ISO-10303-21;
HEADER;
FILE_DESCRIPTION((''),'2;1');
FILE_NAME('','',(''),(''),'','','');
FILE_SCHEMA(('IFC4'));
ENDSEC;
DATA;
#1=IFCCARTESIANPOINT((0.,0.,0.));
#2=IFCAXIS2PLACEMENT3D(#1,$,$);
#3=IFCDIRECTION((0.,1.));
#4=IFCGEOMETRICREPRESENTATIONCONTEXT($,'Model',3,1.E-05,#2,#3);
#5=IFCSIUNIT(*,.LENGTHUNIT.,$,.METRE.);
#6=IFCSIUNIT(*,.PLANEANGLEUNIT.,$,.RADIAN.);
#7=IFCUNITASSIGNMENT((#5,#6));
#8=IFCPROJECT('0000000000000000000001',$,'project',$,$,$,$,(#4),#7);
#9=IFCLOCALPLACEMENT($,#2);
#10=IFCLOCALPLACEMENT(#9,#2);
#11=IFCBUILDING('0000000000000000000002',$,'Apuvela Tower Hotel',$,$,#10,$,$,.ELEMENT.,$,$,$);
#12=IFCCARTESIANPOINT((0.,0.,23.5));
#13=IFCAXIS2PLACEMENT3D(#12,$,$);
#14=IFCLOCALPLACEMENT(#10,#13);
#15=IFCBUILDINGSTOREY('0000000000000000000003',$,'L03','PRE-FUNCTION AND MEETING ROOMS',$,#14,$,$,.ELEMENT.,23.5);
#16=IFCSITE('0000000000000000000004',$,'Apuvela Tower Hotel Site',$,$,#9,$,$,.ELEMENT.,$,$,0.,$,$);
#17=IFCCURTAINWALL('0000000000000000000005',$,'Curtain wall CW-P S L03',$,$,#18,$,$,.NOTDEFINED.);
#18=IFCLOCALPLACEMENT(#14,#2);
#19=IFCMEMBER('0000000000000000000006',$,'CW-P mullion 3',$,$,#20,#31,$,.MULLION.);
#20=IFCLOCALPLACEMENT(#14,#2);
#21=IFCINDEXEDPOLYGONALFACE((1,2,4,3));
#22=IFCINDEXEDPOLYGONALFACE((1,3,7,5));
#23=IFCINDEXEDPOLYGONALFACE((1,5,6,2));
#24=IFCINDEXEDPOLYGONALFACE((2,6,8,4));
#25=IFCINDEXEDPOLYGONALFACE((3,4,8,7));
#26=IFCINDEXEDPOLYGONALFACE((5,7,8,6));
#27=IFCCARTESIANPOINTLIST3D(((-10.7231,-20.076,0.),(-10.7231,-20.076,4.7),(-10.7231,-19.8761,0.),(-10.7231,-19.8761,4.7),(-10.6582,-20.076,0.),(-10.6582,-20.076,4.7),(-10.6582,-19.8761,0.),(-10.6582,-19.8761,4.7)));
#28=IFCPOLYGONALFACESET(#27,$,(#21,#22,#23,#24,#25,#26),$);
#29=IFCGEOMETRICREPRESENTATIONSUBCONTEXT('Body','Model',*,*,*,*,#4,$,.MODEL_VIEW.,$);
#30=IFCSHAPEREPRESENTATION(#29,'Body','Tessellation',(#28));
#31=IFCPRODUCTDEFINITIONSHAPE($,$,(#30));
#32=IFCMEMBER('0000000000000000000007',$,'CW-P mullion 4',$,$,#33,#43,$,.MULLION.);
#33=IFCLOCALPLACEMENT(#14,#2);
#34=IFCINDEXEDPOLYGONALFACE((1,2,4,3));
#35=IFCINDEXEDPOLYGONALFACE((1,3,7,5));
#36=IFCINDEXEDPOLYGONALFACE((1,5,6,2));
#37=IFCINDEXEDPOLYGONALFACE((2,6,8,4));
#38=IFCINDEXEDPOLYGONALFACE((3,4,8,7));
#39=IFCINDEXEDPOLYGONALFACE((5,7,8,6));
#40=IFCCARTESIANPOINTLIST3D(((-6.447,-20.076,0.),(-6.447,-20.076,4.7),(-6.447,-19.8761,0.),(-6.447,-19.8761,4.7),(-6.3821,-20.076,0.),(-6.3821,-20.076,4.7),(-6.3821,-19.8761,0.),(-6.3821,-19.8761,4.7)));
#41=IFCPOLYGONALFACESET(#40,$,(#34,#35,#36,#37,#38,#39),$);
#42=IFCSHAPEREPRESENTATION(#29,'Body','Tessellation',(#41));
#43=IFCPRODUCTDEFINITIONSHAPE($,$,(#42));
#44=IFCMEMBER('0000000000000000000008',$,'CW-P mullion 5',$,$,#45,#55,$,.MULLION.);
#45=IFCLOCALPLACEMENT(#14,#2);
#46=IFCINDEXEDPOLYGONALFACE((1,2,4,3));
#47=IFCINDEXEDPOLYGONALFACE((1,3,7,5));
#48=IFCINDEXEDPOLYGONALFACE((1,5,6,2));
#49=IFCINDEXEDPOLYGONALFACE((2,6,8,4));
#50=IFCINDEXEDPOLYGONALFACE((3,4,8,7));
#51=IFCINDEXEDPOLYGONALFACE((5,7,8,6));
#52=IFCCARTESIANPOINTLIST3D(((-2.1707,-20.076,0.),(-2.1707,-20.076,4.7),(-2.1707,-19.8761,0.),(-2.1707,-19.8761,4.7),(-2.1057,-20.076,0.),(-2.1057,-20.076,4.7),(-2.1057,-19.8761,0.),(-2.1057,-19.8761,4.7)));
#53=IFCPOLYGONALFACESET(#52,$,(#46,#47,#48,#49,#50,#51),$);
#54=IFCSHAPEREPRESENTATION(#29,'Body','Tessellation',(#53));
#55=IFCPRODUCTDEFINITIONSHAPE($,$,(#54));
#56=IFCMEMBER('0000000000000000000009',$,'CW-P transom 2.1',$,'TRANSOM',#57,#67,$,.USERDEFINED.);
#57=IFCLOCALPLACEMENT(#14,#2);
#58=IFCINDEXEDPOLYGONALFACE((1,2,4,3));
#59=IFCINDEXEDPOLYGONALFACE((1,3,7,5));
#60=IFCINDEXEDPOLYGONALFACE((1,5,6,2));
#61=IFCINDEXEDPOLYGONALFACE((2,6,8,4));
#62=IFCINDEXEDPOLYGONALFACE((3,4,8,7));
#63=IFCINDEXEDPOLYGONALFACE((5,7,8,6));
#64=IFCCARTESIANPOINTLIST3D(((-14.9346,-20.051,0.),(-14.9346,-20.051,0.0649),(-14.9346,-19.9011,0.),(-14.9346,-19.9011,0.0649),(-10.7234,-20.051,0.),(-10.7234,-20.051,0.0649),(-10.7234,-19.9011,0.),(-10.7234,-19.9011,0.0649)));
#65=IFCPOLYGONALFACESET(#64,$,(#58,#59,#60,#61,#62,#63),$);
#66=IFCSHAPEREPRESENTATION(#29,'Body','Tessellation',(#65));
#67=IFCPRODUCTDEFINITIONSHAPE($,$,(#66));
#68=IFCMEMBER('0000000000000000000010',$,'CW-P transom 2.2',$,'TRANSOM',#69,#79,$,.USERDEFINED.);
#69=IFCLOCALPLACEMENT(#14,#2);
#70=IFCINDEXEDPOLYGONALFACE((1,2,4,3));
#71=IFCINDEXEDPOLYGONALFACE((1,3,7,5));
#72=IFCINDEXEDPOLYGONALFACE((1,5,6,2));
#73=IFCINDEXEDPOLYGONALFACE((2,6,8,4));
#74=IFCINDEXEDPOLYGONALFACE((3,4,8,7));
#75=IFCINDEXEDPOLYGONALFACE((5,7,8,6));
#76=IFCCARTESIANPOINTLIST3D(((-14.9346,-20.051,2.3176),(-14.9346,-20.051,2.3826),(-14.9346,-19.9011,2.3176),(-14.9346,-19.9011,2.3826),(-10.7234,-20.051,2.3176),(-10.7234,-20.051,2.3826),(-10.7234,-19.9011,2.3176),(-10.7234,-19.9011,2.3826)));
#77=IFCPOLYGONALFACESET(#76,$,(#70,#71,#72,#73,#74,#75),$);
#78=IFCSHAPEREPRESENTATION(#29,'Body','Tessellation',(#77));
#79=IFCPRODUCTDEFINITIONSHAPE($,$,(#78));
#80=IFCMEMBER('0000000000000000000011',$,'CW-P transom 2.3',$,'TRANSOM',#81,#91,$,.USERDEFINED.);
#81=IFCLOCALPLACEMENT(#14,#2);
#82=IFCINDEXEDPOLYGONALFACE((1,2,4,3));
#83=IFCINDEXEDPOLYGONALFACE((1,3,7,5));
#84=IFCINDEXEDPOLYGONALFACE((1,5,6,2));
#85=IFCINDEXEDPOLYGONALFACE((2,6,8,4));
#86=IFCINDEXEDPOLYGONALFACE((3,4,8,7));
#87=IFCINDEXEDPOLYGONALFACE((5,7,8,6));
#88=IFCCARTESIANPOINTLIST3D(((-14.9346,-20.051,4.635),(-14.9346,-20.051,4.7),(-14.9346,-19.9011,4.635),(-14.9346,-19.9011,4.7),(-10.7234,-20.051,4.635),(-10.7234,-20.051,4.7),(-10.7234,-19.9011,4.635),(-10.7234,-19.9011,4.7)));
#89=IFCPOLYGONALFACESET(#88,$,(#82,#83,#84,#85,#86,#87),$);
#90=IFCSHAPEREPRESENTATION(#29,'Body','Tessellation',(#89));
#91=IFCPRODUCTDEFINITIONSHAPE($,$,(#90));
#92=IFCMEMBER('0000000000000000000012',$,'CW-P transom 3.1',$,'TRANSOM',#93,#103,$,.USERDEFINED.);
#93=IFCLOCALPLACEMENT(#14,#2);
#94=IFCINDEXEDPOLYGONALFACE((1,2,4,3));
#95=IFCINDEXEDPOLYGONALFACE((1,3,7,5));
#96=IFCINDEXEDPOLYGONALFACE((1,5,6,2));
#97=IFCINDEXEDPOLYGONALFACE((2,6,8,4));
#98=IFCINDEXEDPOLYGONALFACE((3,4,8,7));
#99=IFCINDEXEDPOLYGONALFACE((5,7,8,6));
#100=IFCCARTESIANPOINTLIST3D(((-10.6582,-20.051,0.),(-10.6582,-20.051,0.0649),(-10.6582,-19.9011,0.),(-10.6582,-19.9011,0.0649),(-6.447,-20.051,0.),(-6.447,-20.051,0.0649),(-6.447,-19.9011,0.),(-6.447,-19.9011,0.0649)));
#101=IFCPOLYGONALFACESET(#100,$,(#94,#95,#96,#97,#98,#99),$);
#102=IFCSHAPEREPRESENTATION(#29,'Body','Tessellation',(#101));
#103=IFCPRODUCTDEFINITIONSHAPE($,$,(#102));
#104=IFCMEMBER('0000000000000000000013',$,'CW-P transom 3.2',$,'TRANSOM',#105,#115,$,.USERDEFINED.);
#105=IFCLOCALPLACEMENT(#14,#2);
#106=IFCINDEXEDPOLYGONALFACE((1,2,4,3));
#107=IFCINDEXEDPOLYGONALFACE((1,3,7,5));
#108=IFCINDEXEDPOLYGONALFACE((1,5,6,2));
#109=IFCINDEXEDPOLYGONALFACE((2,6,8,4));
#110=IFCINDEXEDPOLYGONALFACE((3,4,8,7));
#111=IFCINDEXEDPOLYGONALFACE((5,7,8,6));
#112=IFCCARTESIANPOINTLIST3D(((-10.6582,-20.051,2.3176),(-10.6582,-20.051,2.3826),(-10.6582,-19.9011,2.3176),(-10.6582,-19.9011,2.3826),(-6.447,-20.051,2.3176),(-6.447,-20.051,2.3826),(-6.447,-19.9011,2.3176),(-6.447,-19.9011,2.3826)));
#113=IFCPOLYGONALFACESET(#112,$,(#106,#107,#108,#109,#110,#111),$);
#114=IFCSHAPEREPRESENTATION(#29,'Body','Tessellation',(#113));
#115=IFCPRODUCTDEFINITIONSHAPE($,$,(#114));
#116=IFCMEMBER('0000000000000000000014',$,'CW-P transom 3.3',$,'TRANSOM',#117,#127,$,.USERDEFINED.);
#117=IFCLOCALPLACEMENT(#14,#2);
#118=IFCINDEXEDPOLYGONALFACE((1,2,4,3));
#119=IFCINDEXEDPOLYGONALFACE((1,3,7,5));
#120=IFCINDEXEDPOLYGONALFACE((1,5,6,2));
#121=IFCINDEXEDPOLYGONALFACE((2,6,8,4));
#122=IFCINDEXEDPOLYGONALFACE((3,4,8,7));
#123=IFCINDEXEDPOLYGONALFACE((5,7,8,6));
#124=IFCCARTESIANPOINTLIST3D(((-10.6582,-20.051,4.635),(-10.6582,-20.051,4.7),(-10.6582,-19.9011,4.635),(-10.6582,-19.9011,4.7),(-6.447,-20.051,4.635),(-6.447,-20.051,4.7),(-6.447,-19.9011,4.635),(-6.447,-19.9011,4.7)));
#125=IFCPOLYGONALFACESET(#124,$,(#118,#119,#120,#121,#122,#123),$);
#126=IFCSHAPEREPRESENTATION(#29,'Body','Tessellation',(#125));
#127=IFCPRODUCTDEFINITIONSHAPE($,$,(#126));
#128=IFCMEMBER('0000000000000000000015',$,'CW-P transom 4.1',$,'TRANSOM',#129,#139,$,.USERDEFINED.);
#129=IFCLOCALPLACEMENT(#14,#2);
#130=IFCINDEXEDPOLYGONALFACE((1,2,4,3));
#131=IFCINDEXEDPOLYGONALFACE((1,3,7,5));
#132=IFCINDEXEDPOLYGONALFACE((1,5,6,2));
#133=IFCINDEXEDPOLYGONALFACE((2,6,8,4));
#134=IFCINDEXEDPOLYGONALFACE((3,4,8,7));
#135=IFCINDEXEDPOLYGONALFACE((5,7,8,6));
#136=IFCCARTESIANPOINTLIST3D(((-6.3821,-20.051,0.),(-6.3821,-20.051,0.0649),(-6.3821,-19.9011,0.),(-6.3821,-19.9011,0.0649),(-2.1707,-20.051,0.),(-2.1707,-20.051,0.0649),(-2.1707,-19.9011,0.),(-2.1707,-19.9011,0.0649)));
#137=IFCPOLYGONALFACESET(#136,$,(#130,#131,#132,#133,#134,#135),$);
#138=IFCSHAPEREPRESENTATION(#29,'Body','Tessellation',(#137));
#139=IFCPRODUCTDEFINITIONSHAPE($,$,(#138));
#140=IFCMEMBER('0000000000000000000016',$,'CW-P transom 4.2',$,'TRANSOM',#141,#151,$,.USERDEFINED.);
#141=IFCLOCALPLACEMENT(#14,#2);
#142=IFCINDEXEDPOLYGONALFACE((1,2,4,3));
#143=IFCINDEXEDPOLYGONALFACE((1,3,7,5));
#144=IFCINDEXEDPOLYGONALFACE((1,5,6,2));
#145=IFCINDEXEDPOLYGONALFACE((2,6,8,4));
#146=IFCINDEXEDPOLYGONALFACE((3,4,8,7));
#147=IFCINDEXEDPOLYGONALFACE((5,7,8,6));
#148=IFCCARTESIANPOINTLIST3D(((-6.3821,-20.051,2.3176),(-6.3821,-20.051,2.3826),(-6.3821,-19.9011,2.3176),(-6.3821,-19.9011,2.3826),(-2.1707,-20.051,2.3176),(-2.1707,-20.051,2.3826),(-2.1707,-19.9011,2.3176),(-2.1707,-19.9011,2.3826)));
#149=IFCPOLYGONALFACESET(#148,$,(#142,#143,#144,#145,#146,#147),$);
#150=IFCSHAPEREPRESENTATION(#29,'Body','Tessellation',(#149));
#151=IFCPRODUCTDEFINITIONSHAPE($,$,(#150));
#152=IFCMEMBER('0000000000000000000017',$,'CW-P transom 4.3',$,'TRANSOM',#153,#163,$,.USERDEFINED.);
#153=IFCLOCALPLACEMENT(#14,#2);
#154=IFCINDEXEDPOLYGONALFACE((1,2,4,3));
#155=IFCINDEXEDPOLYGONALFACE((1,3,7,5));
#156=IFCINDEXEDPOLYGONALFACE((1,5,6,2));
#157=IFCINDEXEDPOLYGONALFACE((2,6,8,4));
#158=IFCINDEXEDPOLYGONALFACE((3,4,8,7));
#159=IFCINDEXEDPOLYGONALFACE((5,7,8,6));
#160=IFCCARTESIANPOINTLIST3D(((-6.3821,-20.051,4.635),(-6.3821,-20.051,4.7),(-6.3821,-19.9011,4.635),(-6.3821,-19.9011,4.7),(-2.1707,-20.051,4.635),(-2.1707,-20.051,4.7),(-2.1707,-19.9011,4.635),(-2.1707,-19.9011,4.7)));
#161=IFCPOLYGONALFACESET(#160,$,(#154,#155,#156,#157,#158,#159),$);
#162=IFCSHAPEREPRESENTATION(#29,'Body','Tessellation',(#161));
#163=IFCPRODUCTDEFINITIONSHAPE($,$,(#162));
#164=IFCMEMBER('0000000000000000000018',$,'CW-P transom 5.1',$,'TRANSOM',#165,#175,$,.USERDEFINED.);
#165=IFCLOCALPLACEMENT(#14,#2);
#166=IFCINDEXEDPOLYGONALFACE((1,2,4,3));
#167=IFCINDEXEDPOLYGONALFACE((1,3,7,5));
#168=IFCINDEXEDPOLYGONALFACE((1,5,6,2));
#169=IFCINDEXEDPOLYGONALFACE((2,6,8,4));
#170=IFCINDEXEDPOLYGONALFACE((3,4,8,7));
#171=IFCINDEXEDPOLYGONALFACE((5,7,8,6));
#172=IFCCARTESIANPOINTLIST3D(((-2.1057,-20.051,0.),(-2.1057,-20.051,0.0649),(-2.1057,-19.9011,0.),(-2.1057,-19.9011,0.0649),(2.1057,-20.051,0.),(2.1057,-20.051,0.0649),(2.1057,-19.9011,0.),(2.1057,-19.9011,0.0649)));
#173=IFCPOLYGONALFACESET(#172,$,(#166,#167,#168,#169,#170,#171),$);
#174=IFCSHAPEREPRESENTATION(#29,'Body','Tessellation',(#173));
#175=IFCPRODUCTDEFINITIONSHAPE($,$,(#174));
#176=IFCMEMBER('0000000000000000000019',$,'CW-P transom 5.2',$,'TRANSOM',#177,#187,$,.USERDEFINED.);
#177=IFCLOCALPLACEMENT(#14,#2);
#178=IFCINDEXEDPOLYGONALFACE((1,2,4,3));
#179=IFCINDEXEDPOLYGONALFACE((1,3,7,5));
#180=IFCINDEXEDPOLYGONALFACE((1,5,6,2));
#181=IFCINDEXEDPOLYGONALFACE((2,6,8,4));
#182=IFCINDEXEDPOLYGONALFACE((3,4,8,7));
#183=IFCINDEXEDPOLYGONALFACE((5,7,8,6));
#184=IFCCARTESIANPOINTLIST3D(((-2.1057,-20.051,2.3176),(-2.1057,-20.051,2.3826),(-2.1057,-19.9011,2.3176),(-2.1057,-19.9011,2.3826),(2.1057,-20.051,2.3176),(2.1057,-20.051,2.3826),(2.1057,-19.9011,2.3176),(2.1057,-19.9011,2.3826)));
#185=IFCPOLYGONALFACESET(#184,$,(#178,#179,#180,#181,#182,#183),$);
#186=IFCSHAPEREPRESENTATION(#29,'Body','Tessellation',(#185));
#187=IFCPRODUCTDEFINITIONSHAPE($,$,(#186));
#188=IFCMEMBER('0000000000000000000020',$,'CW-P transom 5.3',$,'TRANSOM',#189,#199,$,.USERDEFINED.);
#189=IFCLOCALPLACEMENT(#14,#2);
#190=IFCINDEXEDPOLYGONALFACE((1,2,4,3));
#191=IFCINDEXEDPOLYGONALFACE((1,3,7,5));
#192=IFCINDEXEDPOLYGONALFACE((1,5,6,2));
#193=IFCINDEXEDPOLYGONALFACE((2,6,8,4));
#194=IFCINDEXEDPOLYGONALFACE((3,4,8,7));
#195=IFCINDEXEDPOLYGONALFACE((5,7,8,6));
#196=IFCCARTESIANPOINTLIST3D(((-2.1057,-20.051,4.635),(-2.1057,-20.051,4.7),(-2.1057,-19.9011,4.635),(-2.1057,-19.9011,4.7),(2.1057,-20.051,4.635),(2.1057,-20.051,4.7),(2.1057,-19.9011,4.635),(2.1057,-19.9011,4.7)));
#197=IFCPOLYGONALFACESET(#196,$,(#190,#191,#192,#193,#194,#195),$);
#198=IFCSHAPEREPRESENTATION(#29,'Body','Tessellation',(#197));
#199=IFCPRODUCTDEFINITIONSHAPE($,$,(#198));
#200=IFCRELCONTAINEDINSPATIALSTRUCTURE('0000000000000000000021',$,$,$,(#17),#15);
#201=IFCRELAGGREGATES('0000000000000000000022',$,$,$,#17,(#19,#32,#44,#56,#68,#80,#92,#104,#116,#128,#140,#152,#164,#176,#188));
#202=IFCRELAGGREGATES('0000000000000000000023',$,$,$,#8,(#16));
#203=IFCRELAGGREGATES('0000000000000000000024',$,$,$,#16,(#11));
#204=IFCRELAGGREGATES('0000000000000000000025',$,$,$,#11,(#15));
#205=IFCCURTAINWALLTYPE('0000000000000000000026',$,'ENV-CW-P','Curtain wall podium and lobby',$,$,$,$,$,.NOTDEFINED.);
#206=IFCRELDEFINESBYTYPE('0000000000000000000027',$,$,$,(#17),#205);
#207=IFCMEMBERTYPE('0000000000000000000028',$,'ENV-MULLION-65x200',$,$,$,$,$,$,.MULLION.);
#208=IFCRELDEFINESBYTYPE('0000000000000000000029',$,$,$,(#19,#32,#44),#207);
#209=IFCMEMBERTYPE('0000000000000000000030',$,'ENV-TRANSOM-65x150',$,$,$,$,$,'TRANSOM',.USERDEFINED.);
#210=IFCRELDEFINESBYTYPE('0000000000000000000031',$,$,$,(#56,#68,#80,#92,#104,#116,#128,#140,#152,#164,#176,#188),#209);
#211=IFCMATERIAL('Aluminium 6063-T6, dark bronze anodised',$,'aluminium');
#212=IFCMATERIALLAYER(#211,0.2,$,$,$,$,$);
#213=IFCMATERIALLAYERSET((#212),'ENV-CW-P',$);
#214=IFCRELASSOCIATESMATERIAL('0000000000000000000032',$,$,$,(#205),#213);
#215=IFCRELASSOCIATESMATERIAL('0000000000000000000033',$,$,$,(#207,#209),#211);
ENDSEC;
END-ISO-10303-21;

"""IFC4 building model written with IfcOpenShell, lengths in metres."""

from ifc_helpers import new_model, si_unit, direction, frame, origin, origin_2d, place, context, subcontext, project, spatial, rectangle, extrude, material, layer, layer_set, material_profile, profile_set, type_object, element, aggregate, save


model = new_model("IFC4")

# Units and contexts
model_context = context("Model", 3, precision=1e-05, world=origin(), true_north=direction((0.0, 1.0)))
body_context = subcontext(model_context, "Body", "Model", "MODEL_VIEW")
ifc_project = project(units=[si_unit("LENGTHUNIT", "METRE"), si_unit("PLANEANGLEUNIT", "RADIAN")], contexts=[model_context])

# Site, building, storey
site_placement = place(None, origin())
site = spatial("IfcSite", under=ifc_project, at=site_placement, Name="Apuvela Tower Hotel Site", CompositionType="ELEMENT", RefElevation=0.0)
building_placement = place(site_placement, origin())
building = spatial("IfcBuilding", under=site, at=building_placement, Name="Apuvela Tower Hotel", CompositionType="ELEMENT")
storey_placement = place(building_placement, frame((0.0, 0.0, 23.5)))
storey = spatial("IfcBuildingStorey", under=building, at=storey_placement, Name="L03", Description="PRE-FUNCTION AND MEETING ROOMS", CompositionType="ELEMENT", Elevation=23.5)

# Curtain wall, members
ifc_material_1 = material(Name="Aluminium 6063-T6, dark bronze anodised", Category="aluminium")
ifc_layer_1 = layer(ifc_material_1, 0.2)
ifc_layer_set_1 = layer_set([ifc_layer_1], Name="ENV-CW-P")
curtain_wall_type = type_object("IfcCurtainWallType", Name="ENV-CW-P", Description="Curtain wall podium and lobby", PredefinedType="NOTDEFINED", material=ifc_layer_set_1)
curtain_wall_placement = place(storey_placement, origin())
curtain_wall = element("IfcCurtainWall", 1, at=curtain_wall_placement, inside=storey, type_object=curtain_wall_type, Name="Curtain wall CW-P S L03", PredefinedType="NOTDEFINED")
ifc_material_profile_1 = material_profile(ifc_material_1, rectangle(XDim=0.2, YDim=0.0649, at=origin_2d()), Name="AL 65x200")
ifc_profile_set_1 = profile_set([ifc_material_profile_1], Name="Aluminium 6063-T6, dark bronze anodised")
member_type_1 = type_object("IfcMemberType", Name="ENV-MULLION-65x200", PredefinedType="MULLION", material=ifc_profile_set_1)
member_1_placement = place(storey_placement, frame((-10.6907, -19.9761, 0.0), z_axis=(0.0, 0.0, 1.0), x_axis=(0.0, 1.0, 0.0)))
member_1 = element("IfcMember", 2, at=member_1_placement, type_object=member_type_1, Name="CW-P mullion 3", PredefinedType="MULLION", context=body_context, shape_type="SweptSolid", body=[
    extrude(rectangle(XDim=0.2, YDim=0.0649, at=origin_2d()), origin(), (0.0, 0.0, 1.0), 4.7),
])
member_2_placement = place(storey_placement, frame((-6.4146, -19.9761, 0.0), z_axis=(0.0, 0.0, 1.0), x_axis=(0.0, 1.0, 0.0)))
member_2 = element("IfcMember", 3, at=member_2_placement, type_object=member_type_1, Name="CW-P mullion 4", PredefinedType="MULLION", context=body_context, shape_type="SweptSolid", body=[
    extrude(rectangle(XDim=0.2, YDim=0.0649, at=origin_2d()), origin(), (0.0, 0.0, 1.0), 4.7),
])
member_3_placement = place(storey_placement, frame((-2.1382, -19.9761, 0.0), z_axis=(0.0, 0.0, 1.0), x_axis=(0.0, 1.0, 0.0)))
member_3 = element("IfcMember", 4, at=member_3_placement, type_object=member_type_1, Name="CW-P mullion 5", PredefinedType="MULLION", context=body_context, shape_type="SweptSolid", body=[
    extrude(rectangle(XDim=0.2, YDim=0.0649, at=origin_2d()), origin(), (0.0, 0.0, 1.0), 4.7),
])
ifc_material_profile_2 = material_profile(ifc_material_1, rectangle(XDim=0.1499, YDim=0.0649, at=origin_2d()), Name="AL 65x150 transom")
ifc_profile_set_2 = profile_set([ifc_material_profile_2], Name="Aluminium 6063-T6, dark bronze anodised")
member_type_2 = type_object("IfcMemberType", Name="ENV-TRANSOM-65x150", ElementType="TRANSOM", PredefinedType="USERDEFINED", material=ifc_profile_set_2)
member_4_placement = place(storey_placement, frame((-14.9346, -19.9761, 0.0325), z_axis=(1.0, 0.0, 0.0), x_axis=(0.0, 1.0, 0.0)))
member_4 = element("IfcMember", 5, at=member_4_placement, type_object=member_type_2, Name="CW-P transom 2.1", ObjectType="TRANSOM", PredefinedType="USERDEFINED", context=body_context, shape_type="SweptSolid", body=[
    extrude(rectangle(XDim=0.1499, YDim=0.0649, at=origin_2d()), origin(), (0.0, 0.0, 1.0), 4.2112),
])
member_5_placement = place(storey_placement, frame((-14.9346, -19.9761, 2.3501), z_axis=(1.0, 0.0, 0.0), x_axis=(0.0, 1.0, 0.0)))
member_5 = element("IfcMember", 6, at=member_5_placement, type_object=member_type_2, Name="CW-P transom 2.2", ObjectType="TRANSOM", PredefinedType="USERDEFINED", context=body_context, shape_type="SweptSolid", body=[
    extrude(rectangle(XDim=0.1499, YDim=0.0649, at=origin_2d()), origin(), (0.0, 0.0, 1.0), 4.2112),
])
member_6_placement = place(storey_placement, frame((-14.9346, -19.9761, 4.6675), z_axis=(1.0, 0.0, 0.0), x_axis=(0.0, 1.0, 0.0)))
member_6 = element("IfcMember", 7, at=member_6_placement, type_object=member_type_2, Name="CW-P transom 2.3", ObjectType="TRANSOM", PredefinedType="USERDEFINED", context=body_context, shape_type="SweptSolid", body=[
    extrude(rectangle(XDim=0.1499, YDim=0.0649, at=origin_2d()), origin(), (0.0, 0.0, 1.0), 4.2112),
])
member_7_placement = place(storey_placement, frame((-10.6582, -19.9761, 0.0325), z_axis=(1.0, 0.0, 0.0), x_axis=(0.0, 1.0, 0.0)))
member_7 = element("IfcMember", 8, at=member_7_placement, type_object=member_type_2, Name="CW-P transom 3.1", ObjectType="TRANSOM", PredefinedType="USERDEFINED", context=body_context, shape_type="SweptSolid", body=[
    extrude(rectangle(XDim=0.1499, YDim=0.0649, at=origin_2d()), origin(), (0.0, 0.0, 1.0), 4.2112),
])
member_8_placement = place(storey_placement, frame((-10.6582, -19.9761, 2.3501), z_axis=(1.0, 0.0, 0.0), x_axis=(0.0, 1.0, 0.0)))
member_8 = element("IfcMember", 9, at=member_8_placement, type_object=member_type_2, Name="CW-P transom 3.2", ObjectType="TRANSOM", PredefinedType="USERDEFINED", context=body_context, shape_type="SweptSolid", body=[
    extrude(rectangle(XDim=0.1499, YDim=0.0649, at=origin_2d()), origin(), (0.0, 0.0, 1.0), 4.2112),
])
member_9_placement = place(storey_placement, frame((-10.6582, -19.9761, 4.6675), z_axis=(1.0, 0.0, 0.0), x_axis=(0.0, 1.0, 0.0)))
member_9 = element("IfcMember", 10, at=member_9_placement, type_object=member_type_2, Name="CW-P transom 3.3", ObjectType="TRANSOM", PredefinedType="USERDEFINED", context=body_context, shape_type="SweptSolid", body=[
    extrude(rectangle(XDim=0.1499, YDim=0.0649, at=origin_2d()), origin(), (0.0, 0.0, 1.0), 4.2112),
])
member_10_placement = place(storey_placement, frame((-6.3821, -19.9761, 0.0325), z_axis=(1.0, 0.0, 0.0), x_axis=(0.0, 1.0, 0.0)))
member_10 = element("IfcMember", 11, at=member_10_placement, type_object=member_type_2, Name="CW-P transom 4.1", ObjectType="TRANSOM", PredefinedType="USERDEFINED", context=body_context, shape_type="SweptSolid", body=[
    extrude(rectangle(XDim=0.1499, YDim=0.0649, at=origin_2d()), origin(), (0.0, 0.0, 1.0), 4.2114),
])
member_11_placement = place(storey_placement, frame((-6.3821, -19.9761, 2.3501), z_axis=(1.0, 0.0, 0.0), x_axis=(0.0, 1.0, 0.0)))
member_11 = element("IfcMember", 12, at=member_11_placement, type_object=member_type_2, Name="CW-P transom 4.2", ObjectType="TRANSOM", PredefinedType="USERDEFINED", context=body_context, shape_type="SweptSolid", body=[
    extrude(rectangle(XDim=0.1499, YDim=0.0649, at=origin_2d()), origin(), (0.0, 0.0, 1.0), 4.2114),
])
member_12_placement = place(storey_placement, frame((-6.3821, -19.9761, 4.6675), z_axis=(1.0, 0.0, 0.0), x_axis=(0.0, 1.0, 0.0)))
member_12 = element("IfcMember", 13, at=member_12_placement, type_object=member_type_2, Name="CW-P transom 4.3", ObjectType="TRANSOM", PredefinedType="USERDEFINED", context=body_context, shape_type="SweptSolid", body=[
    extrude(rectangle(XDim=0.1499, YDim=0.0649, at=origin_2d()), origin(), (0.0, 0.0, 1.0), 4.2114),
])
member_13_placement = place(storey_placement, frame((-2.1057, -19.9761, 0.0325), z_axis=(1.0, 0.0, 0.0), x_axis=(0.0, 1.0, 0.0)))
member_13 = element("IfcMember", 14, at=member_13_placement, type_object=member_type_2, Name="CW-P transom 5.1", ObjectType="TRANSOM", PredefinedType="USERDEFINED", context=body_context, shape_type="SweptSolid", body=[
    extrude(rectangle(XDim=0.1499, YDim=0.0649, at=origin_2d()), origin(), (0.0, 0.0, 1.0), 4.2114),
])
member_14_placement = place(storey_placement, frame((-2.1057, -19.9761, 2.3501), z_axis=(1.0, 0.0, 0.0), x_axis=(0.0, 1.0, 0.0)))
member_14 = element("IfcMember", 15, at=member_14_placement, type_object=member_type_2, Name="CW-P transom 5.2", ObjectType="TRANSOM", PredefinedType="USERDEFINED", context=body_context, shape_type="SweptSolid", body=[
    extrude(rectangle(XDim=0.1499, YDim=0.0649, at=origin_2d()), origin(), (0.0, 0.0, 1.0), 4.2114),
])
member_15_placement = place(storey_placement, frame((-2.1057, -19.9761, 4.6675), z_axis=(1.0, 0.0, 0.0), x_axis=(0.0, 1.0, 0.0)))
member_15 = element("IfcMember", 16, at=member_15_placement, type_object=member_type_2, Name="CW-P transom 5.3", ObjectType="TRANSOM", PredefinedType="USERDEFINED", context=body_context, shape_type="SweptSolid", body=[
    extrude(rectangle(XDim=0.1499, YDim=0.0649, at=origin_2d()), origin(), (0.0, 0.0, 1.0), 4.2114),
])
aggregate(curtain_wall, [member_1, member_2, member_3, member_4, member_5, member_6, member_7, member_8, member_9, member_10, member_11, member_12, member_13, member_14, member_15])

save(model, "model.ifc")
